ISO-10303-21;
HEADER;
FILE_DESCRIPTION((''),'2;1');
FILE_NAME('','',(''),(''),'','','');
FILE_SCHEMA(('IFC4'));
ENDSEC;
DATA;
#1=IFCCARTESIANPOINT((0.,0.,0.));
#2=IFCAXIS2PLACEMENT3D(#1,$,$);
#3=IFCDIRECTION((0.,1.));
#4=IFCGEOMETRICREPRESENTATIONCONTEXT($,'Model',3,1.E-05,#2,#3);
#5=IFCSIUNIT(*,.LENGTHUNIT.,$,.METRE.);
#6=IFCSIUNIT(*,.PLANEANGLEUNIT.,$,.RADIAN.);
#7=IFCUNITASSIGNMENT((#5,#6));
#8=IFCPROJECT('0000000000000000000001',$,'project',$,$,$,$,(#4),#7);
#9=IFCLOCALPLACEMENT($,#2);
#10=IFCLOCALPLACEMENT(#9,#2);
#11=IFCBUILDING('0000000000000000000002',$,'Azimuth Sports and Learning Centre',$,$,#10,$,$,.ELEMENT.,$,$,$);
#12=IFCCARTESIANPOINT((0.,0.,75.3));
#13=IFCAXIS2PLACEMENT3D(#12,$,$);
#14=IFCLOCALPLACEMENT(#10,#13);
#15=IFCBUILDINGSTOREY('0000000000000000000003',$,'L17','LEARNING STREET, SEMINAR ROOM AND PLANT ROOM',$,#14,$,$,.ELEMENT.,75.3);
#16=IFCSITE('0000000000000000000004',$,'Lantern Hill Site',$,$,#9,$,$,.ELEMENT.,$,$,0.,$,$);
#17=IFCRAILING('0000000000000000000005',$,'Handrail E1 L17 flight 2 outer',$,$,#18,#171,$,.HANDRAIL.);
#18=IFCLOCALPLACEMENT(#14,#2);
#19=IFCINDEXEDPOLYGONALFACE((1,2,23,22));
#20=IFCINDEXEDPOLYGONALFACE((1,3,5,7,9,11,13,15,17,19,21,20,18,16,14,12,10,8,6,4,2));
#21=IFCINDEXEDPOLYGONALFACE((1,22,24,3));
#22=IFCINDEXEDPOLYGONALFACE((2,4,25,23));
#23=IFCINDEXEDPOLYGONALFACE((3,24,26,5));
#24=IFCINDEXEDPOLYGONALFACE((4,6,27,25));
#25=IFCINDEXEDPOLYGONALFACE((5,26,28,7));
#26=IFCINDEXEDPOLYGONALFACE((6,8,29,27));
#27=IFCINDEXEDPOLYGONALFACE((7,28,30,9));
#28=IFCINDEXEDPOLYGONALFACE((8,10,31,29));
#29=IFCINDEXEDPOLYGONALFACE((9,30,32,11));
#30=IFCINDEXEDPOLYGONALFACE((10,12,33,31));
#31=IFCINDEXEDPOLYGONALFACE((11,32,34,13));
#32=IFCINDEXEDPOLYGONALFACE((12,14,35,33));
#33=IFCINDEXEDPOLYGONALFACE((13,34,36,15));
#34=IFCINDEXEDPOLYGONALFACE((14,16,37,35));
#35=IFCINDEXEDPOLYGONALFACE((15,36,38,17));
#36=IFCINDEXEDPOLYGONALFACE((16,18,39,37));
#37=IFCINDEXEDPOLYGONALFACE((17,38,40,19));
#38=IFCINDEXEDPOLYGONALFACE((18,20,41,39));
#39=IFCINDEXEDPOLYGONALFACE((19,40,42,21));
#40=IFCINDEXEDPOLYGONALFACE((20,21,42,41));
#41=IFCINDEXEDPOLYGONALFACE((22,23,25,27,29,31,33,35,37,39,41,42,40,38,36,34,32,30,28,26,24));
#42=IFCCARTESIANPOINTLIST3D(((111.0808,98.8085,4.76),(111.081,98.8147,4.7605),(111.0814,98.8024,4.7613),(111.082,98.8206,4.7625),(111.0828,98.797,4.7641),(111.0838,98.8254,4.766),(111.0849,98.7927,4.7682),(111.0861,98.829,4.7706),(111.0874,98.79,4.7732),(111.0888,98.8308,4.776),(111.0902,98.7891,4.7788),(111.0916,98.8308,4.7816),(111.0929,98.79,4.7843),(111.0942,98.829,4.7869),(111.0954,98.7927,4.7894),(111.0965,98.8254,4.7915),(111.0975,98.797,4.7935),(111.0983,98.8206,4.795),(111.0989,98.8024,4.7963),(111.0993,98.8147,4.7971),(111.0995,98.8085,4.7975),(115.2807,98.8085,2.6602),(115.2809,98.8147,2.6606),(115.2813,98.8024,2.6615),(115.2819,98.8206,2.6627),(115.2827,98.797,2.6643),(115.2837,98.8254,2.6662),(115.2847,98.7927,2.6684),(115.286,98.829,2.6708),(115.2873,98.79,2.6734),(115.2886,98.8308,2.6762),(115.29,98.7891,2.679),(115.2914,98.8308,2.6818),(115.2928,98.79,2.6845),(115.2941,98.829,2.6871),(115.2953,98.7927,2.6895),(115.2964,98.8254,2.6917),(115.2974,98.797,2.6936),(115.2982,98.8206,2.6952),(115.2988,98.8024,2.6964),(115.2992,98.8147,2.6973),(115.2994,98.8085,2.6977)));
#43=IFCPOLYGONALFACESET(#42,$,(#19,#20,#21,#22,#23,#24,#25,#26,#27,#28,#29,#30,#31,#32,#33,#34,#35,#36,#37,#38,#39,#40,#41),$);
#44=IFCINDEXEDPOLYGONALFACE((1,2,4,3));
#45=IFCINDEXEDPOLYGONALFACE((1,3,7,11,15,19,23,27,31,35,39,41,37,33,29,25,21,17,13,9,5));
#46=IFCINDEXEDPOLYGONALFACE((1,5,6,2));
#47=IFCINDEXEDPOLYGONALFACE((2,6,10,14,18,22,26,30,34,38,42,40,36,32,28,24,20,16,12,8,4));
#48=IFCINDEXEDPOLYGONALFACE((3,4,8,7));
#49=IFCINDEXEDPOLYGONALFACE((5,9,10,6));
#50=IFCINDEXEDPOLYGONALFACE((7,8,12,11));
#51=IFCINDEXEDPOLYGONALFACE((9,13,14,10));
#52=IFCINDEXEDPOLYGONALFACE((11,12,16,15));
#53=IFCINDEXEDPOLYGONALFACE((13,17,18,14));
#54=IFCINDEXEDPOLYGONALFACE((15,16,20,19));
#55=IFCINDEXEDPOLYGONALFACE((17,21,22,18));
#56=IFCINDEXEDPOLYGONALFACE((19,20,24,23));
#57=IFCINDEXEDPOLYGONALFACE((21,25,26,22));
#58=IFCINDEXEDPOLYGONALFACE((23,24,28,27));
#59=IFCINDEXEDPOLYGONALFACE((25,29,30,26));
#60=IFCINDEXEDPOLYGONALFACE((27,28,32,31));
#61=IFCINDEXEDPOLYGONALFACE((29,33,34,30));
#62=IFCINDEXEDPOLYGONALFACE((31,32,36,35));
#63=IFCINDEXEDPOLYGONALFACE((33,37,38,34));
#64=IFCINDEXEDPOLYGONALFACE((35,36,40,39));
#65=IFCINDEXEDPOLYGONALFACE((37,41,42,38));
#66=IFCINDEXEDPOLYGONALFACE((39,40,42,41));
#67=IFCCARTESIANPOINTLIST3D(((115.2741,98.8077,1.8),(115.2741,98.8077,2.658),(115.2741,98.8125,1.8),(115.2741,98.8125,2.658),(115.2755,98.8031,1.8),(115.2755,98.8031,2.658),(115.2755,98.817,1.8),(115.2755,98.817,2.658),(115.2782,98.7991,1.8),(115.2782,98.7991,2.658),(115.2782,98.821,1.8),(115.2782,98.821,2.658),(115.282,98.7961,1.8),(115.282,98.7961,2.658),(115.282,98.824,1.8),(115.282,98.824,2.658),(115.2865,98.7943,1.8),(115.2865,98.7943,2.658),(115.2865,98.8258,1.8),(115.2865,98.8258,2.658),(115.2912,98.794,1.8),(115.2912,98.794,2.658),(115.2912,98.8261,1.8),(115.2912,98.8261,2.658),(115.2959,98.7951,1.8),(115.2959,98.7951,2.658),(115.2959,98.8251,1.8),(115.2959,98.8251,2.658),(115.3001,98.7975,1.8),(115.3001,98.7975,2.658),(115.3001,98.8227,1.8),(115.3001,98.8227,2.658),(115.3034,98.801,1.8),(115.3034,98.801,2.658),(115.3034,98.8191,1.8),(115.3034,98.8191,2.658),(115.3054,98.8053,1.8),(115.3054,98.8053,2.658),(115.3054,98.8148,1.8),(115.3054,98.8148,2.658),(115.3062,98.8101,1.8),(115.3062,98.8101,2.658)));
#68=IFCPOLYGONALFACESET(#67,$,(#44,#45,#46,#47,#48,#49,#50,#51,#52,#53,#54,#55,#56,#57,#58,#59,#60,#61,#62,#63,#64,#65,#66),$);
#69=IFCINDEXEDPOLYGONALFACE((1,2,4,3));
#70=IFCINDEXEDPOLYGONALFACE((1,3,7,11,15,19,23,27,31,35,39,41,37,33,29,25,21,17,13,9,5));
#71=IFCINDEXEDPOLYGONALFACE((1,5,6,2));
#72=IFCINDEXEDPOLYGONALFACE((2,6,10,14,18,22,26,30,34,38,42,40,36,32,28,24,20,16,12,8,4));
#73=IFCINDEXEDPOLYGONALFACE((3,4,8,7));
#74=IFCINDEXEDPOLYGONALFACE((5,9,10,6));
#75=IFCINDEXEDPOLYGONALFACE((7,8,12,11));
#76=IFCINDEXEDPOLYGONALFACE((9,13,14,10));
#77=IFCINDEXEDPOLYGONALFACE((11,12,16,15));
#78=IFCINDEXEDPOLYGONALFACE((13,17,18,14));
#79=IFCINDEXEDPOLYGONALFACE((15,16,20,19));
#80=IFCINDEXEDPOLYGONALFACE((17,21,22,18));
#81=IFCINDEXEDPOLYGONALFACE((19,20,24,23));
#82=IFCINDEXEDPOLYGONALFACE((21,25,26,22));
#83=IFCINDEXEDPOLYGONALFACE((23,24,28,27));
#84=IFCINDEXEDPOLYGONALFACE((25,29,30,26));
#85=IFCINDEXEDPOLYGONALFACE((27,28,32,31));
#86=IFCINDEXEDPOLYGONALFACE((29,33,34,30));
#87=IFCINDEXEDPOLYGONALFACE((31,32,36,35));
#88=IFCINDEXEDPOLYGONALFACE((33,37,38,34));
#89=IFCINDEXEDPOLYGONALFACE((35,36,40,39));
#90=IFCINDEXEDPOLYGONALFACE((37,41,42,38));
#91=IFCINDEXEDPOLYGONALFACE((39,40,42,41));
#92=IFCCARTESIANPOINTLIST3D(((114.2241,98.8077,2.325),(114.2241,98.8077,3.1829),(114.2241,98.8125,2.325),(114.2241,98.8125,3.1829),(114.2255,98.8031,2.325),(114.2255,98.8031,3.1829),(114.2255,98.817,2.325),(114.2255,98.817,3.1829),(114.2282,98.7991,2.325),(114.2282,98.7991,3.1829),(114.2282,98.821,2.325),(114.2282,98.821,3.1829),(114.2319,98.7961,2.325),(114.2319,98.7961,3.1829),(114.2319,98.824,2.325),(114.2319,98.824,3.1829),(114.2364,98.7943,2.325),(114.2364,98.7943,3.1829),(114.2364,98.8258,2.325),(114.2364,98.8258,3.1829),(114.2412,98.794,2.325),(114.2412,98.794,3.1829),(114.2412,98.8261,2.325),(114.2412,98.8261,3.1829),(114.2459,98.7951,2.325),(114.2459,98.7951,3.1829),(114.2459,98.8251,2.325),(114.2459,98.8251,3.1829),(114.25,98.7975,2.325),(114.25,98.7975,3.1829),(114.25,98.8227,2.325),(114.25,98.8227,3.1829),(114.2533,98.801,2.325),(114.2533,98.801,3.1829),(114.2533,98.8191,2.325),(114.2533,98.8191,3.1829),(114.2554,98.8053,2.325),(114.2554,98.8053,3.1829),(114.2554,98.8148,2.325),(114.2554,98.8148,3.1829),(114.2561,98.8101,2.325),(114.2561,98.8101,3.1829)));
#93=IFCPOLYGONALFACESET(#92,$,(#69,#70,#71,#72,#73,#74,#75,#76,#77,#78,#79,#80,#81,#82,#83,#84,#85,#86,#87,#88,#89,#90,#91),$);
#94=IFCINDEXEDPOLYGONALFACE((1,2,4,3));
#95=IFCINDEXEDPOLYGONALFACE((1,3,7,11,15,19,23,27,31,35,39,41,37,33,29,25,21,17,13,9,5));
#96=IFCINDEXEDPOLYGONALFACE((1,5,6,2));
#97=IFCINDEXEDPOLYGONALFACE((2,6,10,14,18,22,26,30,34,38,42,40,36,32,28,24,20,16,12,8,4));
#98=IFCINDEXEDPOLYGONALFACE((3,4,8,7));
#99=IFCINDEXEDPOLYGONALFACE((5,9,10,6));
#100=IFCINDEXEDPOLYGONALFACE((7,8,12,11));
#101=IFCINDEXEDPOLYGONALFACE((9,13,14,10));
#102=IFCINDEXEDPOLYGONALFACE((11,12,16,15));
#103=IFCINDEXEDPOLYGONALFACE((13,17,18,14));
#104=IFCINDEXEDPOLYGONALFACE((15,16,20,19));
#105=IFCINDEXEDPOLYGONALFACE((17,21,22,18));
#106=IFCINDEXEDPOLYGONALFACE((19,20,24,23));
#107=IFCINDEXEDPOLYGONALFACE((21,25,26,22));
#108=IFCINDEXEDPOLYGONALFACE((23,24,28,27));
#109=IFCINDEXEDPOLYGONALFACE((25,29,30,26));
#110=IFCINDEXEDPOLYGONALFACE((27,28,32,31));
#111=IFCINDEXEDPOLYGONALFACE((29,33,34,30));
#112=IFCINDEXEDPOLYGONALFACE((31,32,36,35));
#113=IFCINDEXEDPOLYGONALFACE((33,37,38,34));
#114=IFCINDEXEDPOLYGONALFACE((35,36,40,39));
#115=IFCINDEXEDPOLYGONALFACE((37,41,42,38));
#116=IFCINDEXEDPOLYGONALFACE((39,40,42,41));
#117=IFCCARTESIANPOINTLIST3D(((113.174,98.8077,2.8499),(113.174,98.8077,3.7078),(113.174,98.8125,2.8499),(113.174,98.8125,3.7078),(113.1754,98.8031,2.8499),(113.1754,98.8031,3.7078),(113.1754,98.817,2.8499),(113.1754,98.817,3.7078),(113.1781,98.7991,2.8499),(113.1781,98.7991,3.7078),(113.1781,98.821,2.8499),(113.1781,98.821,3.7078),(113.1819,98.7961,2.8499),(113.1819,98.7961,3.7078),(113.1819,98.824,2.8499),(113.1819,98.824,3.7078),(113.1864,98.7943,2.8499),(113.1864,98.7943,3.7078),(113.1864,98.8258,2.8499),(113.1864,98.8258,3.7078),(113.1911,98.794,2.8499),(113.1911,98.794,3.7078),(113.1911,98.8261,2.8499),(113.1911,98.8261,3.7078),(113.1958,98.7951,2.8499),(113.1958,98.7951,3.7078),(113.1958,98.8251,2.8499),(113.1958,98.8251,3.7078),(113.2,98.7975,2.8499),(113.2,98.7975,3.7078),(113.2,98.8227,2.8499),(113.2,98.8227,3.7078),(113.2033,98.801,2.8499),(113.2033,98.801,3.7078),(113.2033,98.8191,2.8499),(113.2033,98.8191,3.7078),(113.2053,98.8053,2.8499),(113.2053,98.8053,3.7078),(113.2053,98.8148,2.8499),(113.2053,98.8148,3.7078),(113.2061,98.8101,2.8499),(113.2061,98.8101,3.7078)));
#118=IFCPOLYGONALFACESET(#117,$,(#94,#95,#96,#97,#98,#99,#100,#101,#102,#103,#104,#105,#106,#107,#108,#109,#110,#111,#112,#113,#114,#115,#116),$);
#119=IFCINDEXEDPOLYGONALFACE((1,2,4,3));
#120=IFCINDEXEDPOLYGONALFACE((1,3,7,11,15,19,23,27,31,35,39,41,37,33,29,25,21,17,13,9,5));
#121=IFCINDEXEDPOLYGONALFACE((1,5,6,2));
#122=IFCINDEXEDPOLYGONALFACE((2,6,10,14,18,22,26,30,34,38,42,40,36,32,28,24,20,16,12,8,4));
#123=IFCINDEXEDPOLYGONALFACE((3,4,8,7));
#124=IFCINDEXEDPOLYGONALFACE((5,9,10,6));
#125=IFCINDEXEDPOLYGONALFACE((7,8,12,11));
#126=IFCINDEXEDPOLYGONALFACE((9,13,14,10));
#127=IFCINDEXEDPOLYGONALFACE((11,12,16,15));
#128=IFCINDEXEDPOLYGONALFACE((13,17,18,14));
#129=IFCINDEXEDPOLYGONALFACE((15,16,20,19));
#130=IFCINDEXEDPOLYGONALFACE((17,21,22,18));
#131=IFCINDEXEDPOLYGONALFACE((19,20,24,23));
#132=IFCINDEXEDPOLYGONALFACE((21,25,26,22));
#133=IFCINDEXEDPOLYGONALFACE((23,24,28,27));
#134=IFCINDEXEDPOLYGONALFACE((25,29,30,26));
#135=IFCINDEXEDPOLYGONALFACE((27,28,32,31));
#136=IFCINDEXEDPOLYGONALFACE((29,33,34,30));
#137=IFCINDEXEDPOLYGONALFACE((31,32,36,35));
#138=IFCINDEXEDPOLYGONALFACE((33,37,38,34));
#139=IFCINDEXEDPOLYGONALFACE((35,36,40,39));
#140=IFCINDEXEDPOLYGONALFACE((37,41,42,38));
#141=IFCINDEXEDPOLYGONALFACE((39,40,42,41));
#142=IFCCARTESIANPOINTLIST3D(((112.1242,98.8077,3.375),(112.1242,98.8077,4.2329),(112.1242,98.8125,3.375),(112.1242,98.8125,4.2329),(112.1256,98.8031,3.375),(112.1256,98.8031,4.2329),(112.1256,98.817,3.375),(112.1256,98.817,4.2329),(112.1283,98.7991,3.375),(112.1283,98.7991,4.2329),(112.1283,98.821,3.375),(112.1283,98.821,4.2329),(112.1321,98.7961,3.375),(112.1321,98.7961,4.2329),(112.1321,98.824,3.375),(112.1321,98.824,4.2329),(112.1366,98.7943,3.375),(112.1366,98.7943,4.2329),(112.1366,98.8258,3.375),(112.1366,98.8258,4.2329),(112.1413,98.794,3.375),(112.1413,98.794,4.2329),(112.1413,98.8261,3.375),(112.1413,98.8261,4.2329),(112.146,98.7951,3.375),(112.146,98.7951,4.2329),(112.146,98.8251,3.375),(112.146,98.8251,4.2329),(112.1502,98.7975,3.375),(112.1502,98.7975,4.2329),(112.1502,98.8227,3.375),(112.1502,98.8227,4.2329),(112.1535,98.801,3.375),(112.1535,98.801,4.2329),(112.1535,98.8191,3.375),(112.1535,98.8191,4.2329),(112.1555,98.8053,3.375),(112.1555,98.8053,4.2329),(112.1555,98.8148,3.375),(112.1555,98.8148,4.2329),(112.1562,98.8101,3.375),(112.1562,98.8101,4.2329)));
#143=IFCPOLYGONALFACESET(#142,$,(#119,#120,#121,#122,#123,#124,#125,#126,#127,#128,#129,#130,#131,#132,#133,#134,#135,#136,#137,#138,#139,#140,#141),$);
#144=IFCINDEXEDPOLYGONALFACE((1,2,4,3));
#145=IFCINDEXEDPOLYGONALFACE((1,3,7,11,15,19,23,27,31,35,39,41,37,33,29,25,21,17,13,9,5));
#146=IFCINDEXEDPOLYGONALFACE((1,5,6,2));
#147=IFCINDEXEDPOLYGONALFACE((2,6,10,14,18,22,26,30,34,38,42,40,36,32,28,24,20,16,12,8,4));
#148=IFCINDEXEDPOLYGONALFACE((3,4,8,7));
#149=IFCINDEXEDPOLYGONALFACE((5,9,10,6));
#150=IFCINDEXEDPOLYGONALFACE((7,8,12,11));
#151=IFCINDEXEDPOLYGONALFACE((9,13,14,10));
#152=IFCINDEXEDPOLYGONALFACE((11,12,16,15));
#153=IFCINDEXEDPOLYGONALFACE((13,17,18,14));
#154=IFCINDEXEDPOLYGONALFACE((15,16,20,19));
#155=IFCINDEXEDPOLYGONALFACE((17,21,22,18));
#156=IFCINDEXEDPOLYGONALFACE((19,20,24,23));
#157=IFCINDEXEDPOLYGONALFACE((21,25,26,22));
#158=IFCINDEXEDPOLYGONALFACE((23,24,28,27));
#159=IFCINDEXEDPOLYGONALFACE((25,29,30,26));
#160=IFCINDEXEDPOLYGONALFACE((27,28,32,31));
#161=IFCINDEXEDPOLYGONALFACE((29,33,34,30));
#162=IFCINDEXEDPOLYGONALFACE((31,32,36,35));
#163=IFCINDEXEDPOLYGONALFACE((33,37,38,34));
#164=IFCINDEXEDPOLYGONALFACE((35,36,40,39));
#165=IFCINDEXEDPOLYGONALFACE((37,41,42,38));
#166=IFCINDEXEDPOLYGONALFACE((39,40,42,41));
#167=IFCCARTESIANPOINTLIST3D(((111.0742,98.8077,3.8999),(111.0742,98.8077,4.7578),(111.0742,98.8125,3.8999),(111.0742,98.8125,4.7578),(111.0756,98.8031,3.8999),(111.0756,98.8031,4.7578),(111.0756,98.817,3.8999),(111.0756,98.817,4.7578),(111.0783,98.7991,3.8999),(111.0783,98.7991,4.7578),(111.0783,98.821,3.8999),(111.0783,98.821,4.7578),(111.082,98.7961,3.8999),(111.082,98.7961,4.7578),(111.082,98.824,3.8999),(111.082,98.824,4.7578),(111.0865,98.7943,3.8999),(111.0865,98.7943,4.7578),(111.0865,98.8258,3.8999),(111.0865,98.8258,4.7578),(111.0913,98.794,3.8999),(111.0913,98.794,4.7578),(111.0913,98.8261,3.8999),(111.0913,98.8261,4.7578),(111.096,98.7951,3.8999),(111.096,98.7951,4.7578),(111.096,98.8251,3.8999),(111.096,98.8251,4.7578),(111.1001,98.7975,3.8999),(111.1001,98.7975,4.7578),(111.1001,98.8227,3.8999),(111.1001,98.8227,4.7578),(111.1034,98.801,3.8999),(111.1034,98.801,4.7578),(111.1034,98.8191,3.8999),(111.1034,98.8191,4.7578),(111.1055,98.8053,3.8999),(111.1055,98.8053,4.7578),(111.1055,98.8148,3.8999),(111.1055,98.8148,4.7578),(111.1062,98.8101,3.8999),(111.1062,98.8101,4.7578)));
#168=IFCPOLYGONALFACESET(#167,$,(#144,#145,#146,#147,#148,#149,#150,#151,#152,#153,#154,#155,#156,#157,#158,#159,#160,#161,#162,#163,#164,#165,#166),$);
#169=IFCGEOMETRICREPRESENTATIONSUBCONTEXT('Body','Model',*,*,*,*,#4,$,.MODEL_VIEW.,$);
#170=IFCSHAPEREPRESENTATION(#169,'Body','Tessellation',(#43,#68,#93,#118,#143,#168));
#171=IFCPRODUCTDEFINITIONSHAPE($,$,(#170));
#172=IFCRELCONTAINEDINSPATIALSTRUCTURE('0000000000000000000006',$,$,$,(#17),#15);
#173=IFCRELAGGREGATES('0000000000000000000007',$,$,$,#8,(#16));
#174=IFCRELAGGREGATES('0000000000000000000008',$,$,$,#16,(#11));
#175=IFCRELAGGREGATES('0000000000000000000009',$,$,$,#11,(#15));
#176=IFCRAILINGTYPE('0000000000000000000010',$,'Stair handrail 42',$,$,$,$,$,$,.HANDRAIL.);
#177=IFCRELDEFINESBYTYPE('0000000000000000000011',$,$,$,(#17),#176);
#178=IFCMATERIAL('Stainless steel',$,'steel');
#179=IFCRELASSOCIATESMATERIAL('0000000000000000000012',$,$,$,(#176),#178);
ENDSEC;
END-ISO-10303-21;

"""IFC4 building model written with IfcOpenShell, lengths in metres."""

from ifc_helpers import new_model, si_unit, direction, frame, origin, origin_2d, place, context, subcontext, project, spatial, circle, extrude, material, type_object, element, save


model = new_model("IFC4")

# Units and contexts
model_context = context("Model", 3, precision=1e-05, world=origin(), true_north=direction((0.0, 1.0)))
body_context = subcontext(model_context, "Body", "Model", "MODEL_VIEW")
ifc_project = project(units=[si_unit("LENGTHUNIT", "METRE"), si_unit("PLANEANGLEUNIT", "RADIAN")], contexts=[model_context])

# Site, building, storey
site_placement = place(None, origin())
site = spatial("IfcSite", under=ifc_project, at=site_placement, Name="Lantern Hill Site", CompositionType="ELEMENT", RefElevation=0.0)
building_placement = place(site_placement, origin())
building = spatial("IfcBuilding", under=site, at=building_placement, Name="Azimuth Sports and Learning Centre", CompositionType="ELEMENT")
storey_placement = place(building_placement, frame((0.0, 0.0, 75.3)))
storey = spatial("IfcBuildingStorey", under=building, at=storey_placement, Name="L17", Description="LEARNING STREET, SEMINAR ROOM AND PLANT ROOM", CompositionType="ELEMENT", Elevation=75.3)

# Railing
ifc_material_1 = material(Name="Stainless steel", Category="steel")
railing_type_1 = type_object("IfcRailingType", Name="Stair handrail 42", PredefinedType="HANDRAIL", material=ifc_material_1)
for number, where, name in (
    (1, (115.29, 98.8101, 1.8), "Handrail E1 L17 flight 2 outer"),
):
    element("IfcRailing", number, at=place(storey_placement, frame(where)), inside=storey, type_object=railing_type_1, Name=name, PredefinedType="HANDRAIL", context=body_context, shape_type="SweptSolid", body=[
        extrude(circle(Radius=0.021, at=origin_2d()), frame((0.0, 0.0, 0.8789), z_axis=(-0.894438, 0.0, 0.447193), x_axis=(0.0, -1.0, 0.0)), (0.0, 0.0, 1.0), 4.6956),
        extrude(circle(Radius=0.0161, at=origin_2d()), origin(), (0.0, 0.0, 1.0), 0.8579),
        extrude(circle(Radius=0.0161, at=origin_2d()), frame((-1.05, 0.0, 0.5249)), (0.0, 0.0, 1.0), 0.8579),
        extrude(circle(Radius=0.0161, at=origin_2d()), frame((-2.1001, 0.0, 1.0498)), (0.0, 0.0, 1.0), 0.8579),
        extrude(circle(Radius=0.0161, at=origin_2d()), frame((-3.1499, 0.0, 1.575)), (0.0, 0.0, 1.0), 0.8579),
        extrude(circle(Radius=0.0161, at=origin_2d()), frame((-4.2, 0.0, 2.0999)), (0.0, 0.0, 1.0), 0.8579),
    ])

save(model, "model.ifc")
